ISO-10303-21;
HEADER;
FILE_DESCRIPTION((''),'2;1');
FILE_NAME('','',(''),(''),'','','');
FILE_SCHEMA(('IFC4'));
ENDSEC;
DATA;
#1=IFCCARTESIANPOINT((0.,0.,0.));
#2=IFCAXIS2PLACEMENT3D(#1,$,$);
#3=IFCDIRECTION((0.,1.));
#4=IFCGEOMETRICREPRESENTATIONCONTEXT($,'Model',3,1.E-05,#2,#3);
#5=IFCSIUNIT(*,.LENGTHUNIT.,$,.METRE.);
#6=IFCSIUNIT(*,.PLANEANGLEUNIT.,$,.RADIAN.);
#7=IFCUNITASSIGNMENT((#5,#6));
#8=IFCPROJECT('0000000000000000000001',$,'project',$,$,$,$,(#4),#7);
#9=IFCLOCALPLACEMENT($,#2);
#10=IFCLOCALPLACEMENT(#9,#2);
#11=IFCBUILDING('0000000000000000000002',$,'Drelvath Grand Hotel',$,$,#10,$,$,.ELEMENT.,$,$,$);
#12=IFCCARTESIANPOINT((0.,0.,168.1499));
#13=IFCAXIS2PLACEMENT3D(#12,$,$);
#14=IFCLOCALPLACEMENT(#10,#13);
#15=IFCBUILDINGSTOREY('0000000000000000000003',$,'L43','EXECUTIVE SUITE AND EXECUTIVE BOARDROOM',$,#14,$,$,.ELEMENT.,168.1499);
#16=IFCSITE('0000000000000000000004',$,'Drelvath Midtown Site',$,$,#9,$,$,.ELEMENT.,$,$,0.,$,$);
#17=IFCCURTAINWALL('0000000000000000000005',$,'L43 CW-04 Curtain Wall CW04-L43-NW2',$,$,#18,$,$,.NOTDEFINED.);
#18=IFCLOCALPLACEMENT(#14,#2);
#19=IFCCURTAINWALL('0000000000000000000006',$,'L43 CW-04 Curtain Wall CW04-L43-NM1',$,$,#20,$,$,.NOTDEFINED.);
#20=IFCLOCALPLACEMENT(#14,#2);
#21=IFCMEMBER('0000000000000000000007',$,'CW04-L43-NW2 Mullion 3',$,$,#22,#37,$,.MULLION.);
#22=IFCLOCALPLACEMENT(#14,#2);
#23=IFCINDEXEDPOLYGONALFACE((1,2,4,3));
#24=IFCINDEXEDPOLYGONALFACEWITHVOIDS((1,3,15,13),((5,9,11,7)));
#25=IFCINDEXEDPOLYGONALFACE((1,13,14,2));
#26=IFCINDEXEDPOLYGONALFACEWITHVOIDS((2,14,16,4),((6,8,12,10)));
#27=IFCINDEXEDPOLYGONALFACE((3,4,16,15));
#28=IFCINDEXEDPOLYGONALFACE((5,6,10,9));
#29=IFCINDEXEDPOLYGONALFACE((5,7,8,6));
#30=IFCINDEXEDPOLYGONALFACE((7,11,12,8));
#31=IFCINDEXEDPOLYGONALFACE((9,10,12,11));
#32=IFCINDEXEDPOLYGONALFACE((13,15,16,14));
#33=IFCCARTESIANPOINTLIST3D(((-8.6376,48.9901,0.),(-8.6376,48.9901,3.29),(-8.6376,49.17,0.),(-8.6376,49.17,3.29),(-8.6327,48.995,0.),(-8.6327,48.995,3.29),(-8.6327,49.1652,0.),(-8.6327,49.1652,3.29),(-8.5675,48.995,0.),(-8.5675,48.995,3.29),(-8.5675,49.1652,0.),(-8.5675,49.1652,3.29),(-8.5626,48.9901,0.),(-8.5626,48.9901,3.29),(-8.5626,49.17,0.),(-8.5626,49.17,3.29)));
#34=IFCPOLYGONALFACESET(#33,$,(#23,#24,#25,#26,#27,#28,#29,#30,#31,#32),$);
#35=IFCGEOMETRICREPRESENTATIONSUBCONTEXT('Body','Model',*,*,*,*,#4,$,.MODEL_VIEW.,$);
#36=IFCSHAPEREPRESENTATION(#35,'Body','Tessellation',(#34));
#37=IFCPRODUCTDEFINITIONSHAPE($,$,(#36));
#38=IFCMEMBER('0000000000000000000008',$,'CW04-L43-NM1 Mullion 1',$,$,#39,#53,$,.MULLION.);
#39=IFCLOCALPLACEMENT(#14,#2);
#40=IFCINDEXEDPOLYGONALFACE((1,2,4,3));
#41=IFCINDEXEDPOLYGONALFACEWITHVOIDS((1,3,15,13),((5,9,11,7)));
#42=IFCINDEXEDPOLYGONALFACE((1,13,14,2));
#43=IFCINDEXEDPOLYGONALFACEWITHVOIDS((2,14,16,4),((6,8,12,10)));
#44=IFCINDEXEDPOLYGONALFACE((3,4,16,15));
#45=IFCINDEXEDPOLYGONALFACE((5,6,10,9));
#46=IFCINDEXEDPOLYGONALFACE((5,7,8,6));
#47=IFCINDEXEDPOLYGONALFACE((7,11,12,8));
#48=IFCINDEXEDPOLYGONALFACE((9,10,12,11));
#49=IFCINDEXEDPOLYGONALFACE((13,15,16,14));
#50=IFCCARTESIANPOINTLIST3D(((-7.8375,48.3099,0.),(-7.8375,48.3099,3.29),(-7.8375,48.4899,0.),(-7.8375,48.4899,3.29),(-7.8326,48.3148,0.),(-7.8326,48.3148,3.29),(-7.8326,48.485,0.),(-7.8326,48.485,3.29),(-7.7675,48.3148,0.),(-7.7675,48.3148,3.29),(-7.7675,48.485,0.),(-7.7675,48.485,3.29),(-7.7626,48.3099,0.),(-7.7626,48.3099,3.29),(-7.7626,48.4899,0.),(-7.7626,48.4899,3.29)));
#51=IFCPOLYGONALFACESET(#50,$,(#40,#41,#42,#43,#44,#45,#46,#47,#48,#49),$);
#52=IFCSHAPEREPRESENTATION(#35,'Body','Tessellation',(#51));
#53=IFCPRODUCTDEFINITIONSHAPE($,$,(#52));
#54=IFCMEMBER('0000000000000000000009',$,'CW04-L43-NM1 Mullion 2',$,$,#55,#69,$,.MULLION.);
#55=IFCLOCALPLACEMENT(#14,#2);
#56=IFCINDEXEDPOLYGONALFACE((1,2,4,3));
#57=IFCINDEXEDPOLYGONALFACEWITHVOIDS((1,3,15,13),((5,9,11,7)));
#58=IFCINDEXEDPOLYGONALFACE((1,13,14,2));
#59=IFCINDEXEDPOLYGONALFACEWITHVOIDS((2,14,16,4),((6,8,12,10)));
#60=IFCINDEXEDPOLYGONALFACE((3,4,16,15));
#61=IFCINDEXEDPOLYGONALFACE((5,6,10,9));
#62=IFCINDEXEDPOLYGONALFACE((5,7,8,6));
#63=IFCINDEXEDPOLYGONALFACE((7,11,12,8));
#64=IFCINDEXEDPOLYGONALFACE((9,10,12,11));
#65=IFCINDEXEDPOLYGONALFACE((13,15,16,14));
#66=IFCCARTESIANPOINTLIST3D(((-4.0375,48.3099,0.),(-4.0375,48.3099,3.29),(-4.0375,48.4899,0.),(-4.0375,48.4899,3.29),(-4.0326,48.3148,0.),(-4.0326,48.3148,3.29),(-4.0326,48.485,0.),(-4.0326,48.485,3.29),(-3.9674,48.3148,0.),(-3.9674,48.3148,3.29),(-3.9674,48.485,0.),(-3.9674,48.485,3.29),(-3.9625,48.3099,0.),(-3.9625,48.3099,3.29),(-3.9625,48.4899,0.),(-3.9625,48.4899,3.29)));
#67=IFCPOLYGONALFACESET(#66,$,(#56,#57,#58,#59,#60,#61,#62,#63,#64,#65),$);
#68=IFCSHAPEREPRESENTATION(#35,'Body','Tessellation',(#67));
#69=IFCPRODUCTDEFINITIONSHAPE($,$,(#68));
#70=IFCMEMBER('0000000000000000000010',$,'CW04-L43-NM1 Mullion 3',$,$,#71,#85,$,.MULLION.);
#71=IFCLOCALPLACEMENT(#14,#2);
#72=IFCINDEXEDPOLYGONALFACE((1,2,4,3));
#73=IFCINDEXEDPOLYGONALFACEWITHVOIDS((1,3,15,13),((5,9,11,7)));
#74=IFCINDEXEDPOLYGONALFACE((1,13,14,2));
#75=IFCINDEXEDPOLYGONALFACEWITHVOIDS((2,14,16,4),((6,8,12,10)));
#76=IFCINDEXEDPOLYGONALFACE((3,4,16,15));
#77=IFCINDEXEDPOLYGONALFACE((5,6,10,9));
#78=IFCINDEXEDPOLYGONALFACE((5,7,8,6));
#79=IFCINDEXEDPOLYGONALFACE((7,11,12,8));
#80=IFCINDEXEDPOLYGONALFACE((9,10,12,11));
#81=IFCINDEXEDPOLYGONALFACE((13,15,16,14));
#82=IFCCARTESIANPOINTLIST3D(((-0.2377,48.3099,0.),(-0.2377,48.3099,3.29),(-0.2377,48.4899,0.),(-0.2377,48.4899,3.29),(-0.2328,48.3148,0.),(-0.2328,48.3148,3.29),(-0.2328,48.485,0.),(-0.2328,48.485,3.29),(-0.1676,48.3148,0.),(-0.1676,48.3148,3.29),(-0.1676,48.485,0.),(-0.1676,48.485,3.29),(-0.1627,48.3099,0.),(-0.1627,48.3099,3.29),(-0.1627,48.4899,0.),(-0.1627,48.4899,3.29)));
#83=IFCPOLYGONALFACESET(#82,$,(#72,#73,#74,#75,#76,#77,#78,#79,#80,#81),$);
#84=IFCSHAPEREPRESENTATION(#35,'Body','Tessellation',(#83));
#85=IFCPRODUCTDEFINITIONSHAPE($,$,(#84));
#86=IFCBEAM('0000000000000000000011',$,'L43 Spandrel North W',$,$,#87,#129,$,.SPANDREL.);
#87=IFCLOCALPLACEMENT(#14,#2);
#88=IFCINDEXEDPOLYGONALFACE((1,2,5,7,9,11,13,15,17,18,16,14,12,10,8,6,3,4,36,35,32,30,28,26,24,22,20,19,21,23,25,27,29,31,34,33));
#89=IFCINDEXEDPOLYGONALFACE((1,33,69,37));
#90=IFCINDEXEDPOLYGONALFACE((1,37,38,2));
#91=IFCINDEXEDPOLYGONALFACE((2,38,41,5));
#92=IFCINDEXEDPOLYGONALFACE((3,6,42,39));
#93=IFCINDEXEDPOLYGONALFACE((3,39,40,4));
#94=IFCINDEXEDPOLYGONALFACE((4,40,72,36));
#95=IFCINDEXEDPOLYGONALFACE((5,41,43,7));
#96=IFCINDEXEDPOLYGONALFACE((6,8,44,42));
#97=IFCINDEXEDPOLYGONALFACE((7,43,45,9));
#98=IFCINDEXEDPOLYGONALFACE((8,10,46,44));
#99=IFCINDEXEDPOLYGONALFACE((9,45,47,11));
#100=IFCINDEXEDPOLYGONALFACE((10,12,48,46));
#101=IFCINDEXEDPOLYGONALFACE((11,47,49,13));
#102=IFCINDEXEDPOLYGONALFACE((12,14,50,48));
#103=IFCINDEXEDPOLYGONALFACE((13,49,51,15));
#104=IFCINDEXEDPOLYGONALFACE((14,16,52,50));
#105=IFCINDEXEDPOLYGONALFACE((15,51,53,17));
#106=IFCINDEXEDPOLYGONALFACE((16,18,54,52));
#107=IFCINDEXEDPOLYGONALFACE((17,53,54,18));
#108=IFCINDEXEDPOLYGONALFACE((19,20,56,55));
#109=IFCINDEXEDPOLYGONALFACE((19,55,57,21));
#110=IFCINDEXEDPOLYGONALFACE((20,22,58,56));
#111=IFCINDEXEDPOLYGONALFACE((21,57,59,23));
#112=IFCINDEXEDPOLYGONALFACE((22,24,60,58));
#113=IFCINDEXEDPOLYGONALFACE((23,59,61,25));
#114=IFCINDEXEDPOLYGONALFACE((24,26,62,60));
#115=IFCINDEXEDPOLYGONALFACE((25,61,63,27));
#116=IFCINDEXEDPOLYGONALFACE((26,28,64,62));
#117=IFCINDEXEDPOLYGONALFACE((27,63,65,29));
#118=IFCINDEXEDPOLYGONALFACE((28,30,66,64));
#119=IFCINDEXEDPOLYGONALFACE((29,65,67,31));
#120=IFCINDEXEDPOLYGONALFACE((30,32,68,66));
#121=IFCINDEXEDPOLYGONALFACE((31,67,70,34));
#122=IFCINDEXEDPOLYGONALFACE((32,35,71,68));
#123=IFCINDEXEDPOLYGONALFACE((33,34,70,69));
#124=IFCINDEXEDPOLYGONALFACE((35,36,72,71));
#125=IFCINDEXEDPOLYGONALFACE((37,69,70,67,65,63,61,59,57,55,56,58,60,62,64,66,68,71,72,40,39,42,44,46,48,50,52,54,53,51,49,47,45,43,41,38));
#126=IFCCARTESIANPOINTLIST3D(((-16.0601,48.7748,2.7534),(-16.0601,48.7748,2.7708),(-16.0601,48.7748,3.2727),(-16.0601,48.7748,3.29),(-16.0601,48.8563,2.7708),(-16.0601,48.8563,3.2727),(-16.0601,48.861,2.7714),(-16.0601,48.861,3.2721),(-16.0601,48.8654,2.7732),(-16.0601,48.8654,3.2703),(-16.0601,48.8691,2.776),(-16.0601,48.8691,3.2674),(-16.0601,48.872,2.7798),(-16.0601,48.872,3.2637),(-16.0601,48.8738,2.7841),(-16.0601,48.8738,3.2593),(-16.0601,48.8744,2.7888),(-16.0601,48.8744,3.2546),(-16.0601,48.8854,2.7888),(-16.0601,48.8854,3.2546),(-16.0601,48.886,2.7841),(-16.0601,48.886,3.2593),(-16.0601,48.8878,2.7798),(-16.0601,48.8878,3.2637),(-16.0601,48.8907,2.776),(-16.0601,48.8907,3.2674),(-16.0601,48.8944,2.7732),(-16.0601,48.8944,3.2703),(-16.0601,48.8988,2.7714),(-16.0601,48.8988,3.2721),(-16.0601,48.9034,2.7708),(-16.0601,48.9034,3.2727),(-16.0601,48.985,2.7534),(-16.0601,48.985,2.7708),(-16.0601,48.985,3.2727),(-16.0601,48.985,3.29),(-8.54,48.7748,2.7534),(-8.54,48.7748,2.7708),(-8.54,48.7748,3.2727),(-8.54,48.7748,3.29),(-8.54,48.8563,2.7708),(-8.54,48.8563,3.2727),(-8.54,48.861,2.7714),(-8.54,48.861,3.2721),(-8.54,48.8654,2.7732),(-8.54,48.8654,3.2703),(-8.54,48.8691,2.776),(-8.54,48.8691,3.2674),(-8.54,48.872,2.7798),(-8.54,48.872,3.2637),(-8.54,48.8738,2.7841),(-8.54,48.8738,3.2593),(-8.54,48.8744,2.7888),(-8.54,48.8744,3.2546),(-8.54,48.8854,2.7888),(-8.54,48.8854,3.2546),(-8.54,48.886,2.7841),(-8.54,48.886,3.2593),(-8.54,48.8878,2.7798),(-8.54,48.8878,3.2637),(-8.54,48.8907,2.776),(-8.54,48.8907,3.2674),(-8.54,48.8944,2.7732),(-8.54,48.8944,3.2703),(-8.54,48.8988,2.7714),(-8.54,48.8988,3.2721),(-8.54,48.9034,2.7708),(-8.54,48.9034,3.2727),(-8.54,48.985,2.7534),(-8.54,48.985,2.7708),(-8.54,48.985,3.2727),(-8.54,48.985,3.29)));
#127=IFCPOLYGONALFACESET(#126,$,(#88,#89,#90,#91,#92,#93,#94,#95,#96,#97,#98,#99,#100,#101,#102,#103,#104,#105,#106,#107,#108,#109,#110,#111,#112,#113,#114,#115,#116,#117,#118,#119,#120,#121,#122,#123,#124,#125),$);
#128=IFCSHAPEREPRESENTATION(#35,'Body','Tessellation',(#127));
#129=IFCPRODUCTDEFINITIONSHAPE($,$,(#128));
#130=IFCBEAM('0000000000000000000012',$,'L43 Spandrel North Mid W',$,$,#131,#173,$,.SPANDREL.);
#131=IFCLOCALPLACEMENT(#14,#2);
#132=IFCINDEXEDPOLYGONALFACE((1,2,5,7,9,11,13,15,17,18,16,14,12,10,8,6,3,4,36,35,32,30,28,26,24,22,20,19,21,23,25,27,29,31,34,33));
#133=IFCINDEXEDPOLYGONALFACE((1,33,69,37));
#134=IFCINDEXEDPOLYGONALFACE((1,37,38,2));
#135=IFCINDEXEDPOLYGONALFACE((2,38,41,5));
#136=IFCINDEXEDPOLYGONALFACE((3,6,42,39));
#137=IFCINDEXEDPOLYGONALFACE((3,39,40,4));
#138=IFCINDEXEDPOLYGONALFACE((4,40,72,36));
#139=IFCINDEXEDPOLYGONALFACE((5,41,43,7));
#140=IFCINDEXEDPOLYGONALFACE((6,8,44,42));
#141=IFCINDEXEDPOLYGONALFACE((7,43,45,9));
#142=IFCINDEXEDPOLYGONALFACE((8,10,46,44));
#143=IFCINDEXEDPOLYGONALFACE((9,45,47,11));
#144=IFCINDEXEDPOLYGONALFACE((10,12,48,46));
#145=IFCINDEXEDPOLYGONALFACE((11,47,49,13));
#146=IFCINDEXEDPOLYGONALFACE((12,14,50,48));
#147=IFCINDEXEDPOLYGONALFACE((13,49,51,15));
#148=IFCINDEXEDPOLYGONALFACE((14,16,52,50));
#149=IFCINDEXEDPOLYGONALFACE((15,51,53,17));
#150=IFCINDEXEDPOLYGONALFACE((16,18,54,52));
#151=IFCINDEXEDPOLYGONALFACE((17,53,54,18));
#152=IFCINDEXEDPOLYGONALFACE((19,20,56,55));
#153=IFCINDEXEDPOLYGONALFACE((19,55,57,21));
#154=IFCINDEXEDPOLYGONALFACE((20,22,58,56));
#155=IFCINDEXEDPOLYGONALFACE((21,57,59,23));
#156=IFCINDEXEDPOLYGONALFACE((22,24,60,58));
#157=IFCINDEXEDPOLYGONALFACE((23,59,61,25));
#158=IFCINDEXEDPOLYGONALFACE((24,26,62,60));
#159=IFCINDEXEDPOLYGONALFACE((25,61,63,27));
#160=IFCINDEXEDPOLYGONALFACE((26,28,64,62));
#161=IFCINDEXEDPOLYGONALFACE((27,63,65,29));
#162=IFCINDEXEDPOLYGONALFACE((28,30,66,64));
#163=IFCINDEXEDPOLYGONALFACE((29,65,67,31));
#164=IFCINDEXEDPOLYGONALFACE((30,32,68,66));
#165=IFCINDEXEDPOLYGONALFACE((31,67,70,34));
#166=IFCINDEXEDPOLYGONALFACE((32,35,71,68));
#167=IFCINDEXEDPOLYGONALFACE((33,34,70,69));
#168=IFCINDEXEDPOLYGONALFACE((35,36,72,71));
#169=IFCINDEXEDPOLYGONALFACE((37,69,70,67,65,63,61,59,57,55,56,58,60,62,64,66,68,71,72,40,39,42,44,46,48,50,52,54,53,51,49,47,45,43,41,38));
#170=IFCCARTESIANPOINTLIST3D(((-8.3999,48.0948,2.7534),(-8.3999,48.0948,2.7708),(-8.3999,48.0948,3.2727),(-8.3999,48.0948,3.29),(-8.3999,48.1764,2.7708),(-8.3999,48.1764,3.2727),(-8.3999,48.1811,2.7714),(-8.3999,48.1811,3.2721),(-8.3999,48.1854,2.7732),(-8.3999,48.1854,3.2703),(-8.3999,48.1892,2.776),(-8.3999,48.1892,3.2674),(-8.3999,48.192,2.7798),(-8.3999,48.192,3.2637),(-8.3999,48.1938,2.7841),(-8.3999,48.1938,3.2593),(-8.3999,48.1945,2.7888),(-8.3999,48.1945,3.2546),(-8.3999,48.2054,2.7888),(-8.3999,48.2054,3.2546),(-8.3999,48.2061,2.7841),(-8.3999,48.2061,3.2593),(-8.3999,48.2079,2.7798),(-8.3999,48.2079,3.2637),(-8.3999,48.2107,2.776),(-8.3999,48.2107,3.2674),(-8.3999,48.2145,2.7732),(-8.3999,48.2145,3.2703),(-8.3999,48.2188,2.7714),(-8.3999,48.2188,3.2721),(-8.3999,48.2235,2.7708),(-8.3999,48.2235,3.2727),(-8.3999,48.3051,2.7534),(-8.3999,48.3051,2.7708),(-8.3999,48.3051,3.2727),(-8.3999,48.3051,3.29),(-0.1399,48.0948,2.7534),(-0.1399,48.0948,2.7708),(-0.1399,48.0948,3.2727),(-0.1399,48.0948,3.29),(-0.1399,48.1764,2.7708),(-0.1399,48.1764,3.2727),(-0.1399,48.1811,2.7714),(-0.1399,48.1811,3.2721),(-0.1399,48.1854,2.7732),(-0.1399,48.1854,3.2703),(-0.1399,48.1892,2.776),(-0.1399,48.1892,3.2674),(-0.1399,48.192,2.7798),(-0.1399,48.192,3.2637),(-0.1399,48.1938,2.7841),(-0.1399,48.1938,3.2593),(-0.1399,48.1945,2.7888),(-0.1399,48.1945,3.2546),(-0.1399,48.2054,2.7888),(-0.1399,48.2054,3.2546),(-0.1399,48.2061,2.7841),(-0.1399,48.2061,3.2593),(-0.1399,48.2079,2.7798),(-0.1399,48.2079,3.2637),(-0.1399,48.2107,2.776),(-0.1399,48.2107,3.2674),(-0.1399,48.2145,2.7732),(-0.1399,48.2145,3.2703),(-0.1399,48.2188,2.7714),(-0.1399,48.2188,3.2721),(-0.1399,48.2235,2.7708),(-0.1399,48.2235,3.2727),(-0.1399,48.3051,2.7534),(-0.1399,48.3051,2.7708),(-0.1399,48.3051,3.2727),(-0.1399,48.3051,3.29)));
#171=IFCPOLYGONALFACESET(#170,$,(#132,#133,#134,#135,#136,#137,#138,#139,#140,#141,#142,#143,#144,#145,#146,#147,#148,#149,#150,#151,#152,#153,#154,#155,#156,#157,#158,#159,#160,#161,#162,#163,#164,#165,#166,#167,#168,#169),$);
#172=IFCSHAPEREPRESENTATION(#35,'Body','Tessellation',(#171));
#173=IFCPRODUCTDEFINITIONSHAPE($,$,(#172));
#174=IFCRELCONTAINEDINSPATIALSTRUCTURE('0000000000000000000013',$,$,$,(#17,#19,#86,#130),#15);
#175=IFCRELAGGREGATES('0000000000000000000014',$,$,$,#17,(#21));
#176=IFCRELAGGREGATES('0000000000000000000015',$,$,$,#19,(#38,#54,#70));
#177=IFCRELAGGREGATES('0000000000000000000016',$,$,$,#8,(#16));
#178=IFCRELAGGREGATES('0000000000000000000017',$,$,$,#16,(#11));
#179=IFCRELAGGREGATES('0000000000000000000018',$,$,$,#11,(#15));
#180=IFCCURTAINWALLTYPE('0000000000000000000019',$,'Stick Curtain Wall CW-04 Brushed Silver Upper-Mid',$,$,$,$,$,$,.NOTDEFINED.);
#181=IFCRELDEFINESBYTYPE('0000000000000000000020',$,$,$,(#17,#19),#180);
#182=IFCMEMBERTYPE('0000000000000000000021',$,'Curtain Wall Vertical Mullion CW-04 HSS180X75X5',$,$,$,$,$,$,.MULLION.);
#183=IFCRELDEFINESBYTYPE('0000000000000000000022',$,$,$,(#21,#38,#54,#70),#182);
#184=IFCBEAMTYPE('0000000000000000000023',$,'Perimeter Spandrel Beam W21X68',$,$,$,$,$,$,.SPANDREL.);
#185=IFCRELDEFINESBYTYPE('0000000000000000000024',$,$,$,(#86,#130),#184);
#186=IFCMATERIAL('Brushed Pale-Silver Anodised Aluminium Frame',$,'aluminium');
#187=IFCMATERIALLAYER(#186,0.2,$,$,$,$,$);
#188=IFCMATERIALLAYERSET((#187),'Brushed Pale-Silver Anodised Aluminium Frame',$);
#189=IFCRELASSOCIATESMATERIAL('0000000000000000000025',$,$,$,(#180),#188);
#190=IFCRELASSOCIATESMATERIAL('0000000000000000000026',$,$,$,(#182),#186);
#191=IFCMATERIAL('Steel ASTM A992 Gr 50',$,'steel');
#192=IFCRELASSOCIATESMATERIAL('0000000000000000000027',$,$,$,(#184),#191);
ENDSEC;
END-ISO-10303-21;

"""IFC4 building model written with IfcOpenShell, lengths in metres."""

from ifc_helpers import new_model, si_unit, direction, frame, origin, origin_2d, place, context, subcontext, project, spatial, hollow_rectangle, i_section, extrude, material, layer, layer_set, material_profile, profile_set, type_object, element, aggregate, save


model = new_model("IFC4")

# Units and contexts
model_context = context("Model", 3, precision=1e-05, world=origin(), true_north=direction((0.0, 1.0)))
body_context = subcontext(model_context, "Body", "Model", "MODEL_VIEW")
ifc_project = project(units=[si_unit("LENGTHUNIT", "METRE"), si_unit("PLANEANGLEUNIT", "RADIAN")], contexts=[model_context])

# Site, building, storey
site_placement = place(None, origin())
site = spatial("IfcSite", under=ifc_project, at=site_placement, Name="Drelvath Midtown Site", CompositionType="ELEMENT", RefElevation=0.0)
building_placement = place(site_placement, origin())
building = spatial("IfcBuilding", under=site, at=building_placement, Name="Drelvath Grand Hotel", CompositionType="ELEMENT")
storey_placement = place(building_placement, frame((0.0, 0.0, 168.1499)))
storey = spatial("IfcBuildingStorey", under=building, at=storey_placement, Name="L43", Description="EXECUTIVE SUITE AND EXECUTIVE BOARDROOM", CompositionType="ELEMENT", Elevation=168.1499)

# Curtain walls
ifc_material_1 = material(Name="Brushed Pale-Silver Anodised Aluminium Frame", Category="aluminium")
ifc_layer_1 = layer(ifc_material_1, 0.2)
ifc_layer_set_1 = layer_set([ifc_layer_1], Name="Brushed Pale-Silver Anodised Aluminium Frame")
curtain_wall_type = type_object("IfcCurtainWallType", Name="Stick Curtain Wall CW-04 Brushed Silver Upper-Mid", PredefinedType="NOTDEFINED", material=ifc_layer_set_1)
curtain_wall_1_placement = place(storey_placement, origin())
curtain_wall_1 = element("IfcCurtainWall", 1, at=curtain_wall_1_placement, inside=storey, type_object=curtain_wall_type, Name="L43 CW-04 Curtain Wall CW04-L43-NW2", PredefinedType="NOTDEFINED")
curtain_wall_2_placement = place(storey_placement, origin())
curtain_wall_2 = element("IfcCurtainWall", 2, at=curtain_wall_2_placement, inside=storey, type_object=curtain_wall_type, Name="L43 CW-04 Curtain Wall CW04-L43-NM1", PredefinedType="NOTDEFINED")

# Members
ifc_material_profile_1 = material_profile(ifc_material_1, hollow_rectangle(XDim=0.075, YDim=0.1799, WallThickness=0.0049, at=origin_2d()), Name="HSS180X75X5")
ifc_profile_set_1 = profile_set([ifc_material_profile_1], Name="Brushed Pale-Silver Anodised Aluminium Frame")
member_type_1 = type_object("IfcMemberType", Name="Curtain Wall Vertical Mullion CW-04 HSS180X75X5", PredefinedType="MULLION", material=ifc_profile_set_1)
member_1_placement = place(storey_placement, frame((-8.6001, 49.0801, 0.0), z_axis=(0.0, 0.0, 1.0), x_axis=(1.0, 0.0, 0.0)))
member_1 = element("IfcMember", 3, at=member_1_placement, type_object=member_type_1, Name="CW04-L43-NW2 Mullion 3", PredefinedType="MULLION", context=body_context, shape_type="SweptSolid", body=[
    extrude(hollow_rectangle(XDim=0.075, YDim=0.1799, WallThickness=0.0049, at=origin_2d()), origin(), (0.0, 0.0, 1.0), 3.29),
])
member_2_placement = place(storey_placement, frame((-7.8, 48.3999, 0.0), z_axis=(0.0, 0.0, 1.0), x_axis=(1.0, 0.0, 0.0)))
member_2 = element("IfcMember", 4, at=member_2_placement, type_object=member_type_1, Name="CW04-L43-NM1 Mullion 1", PredefinedType="MULLION", context=body_context, shape_type="SweptSolid", body=[
    extrude(hollow_rectangle(XDim=0.075, YDim=0.1799, WallThickness=0.0049, at=origin_2d()), origin(), (0.0, 0.0, 1.0), 3.29),
])
member_3_placement = place(storey_placement, frame((-4.0, 48.3999, 0.0), z_axis=(0.0, 0.0, 1.0), x_axis=(1.0, 0.0, 0.0)))
member_3 = element("IfcMember", 5, at=member_3_placement, type_object=member_type_1, Name="CW04-L43-NM1 Mullion 2", PredefinedType="MULLION", context=body_context, shape_type="SweptSolid", body=[
    extrude(hollow_rectangle(XDim=0.075, YDim=0.1799, WallThickness=0.0049, at=origin_2d()), origin(), (0.0, 0.0, 1.0), 3.29),
])
member_4_placement = place(storey_placement, frame((-0.2002, 48.3999, 0.0), z_axis=(0.0, 0.0, 1.0), x_axis=(1.0, 0.0, 0.0)))
member_4 = element("IfcMember", 6, at=member_4_placement, type_object=member_type_1, Name="CW04-L43-NM1 Mullion 3", PredefinedType="MULLION", context=body_context, shape_type="SweptSolid", body=[
    extrude(hollow_rectangle(XDim=0.075, YDim=0.1799, WallThickness=0.0049, at=origin_2d()), origin(), (0.0, 0.0, 1.0), 3.29),
])

# Beams
ifc_material_2 = material(Name="Steel ASTM A992 Gr 50", Category="steel")
ifc_material_profile_2 = material_profile(ifc_material_2, i_section(OverallWidth=0.2102, OverallDepth=0.5366, WebThickness=0.011, FlangeThickness=0.0173, FilletRadius=0.0181, at=origin_2d()), Name="W21X68")
ifc_profile_set_2 = profile_set([ifc_material_profile_2], Name="Steel ASTM A992 Gr 50")
beam_type_1 = type_object("IfcBeamType", Name="Perimeter Spandrel Beam W21X68", PredefinedType="SPANDREL", material=ifc_profile_set_2)
beam_1_placement = place(storey_placement, frame((-16.0601, 48.8799, 3.0217), z_axis=(1.0, 0.0, 0.0), x_axis=(0.0, 1.0, 0.0)))
element("IfcBeam", 7, at=beam_1_placement, inside=storey, type_object=beam_type_1, Name="L43 Spandrel North W", PredefinedType="SPANDREL", context=body_context, shape_type="SweptSolid", body=[
    extrude(i_section(OverallWidth=0.2102, OverallDepth=0.5366, WebThickness=0.011, FlangeThickness=0.0173, FilletRadius=0.0181, at=origin_2d()), origin(), (0.0, 0.0, 1.0), 7.52),
])
beam_2_placement = place(storey_placement, frame((-8.3999, 48.2, 3.0217), z_axis=(1.0, 0.0, 0.0), x_axis=(0.0, 1.0, 0.0)))
element("IfcBeam", 8, at=beam_2_placement, inside=storey, type_object=beam_type_1, Name="L43 Spandrel North Mid W", PredefinedType="SPANDREL", context=body_context, shape_type="SweptSolid", body=[
    extrude(i_section(OverallWidth=0.2102, OverallDepth=0.5366, WebThickness=0.011, FlangeThickness=0.0173, FilletRadius=0.0181, at=origin_2d()), origin(), (0.0, 0.0, 1.0), 8.26),
])

aggregate(curtain_wall_1, [member_1])
aggregate(curtain_wall_2, [member_2, member_3, member_4])

save(model, "model.ifc")
